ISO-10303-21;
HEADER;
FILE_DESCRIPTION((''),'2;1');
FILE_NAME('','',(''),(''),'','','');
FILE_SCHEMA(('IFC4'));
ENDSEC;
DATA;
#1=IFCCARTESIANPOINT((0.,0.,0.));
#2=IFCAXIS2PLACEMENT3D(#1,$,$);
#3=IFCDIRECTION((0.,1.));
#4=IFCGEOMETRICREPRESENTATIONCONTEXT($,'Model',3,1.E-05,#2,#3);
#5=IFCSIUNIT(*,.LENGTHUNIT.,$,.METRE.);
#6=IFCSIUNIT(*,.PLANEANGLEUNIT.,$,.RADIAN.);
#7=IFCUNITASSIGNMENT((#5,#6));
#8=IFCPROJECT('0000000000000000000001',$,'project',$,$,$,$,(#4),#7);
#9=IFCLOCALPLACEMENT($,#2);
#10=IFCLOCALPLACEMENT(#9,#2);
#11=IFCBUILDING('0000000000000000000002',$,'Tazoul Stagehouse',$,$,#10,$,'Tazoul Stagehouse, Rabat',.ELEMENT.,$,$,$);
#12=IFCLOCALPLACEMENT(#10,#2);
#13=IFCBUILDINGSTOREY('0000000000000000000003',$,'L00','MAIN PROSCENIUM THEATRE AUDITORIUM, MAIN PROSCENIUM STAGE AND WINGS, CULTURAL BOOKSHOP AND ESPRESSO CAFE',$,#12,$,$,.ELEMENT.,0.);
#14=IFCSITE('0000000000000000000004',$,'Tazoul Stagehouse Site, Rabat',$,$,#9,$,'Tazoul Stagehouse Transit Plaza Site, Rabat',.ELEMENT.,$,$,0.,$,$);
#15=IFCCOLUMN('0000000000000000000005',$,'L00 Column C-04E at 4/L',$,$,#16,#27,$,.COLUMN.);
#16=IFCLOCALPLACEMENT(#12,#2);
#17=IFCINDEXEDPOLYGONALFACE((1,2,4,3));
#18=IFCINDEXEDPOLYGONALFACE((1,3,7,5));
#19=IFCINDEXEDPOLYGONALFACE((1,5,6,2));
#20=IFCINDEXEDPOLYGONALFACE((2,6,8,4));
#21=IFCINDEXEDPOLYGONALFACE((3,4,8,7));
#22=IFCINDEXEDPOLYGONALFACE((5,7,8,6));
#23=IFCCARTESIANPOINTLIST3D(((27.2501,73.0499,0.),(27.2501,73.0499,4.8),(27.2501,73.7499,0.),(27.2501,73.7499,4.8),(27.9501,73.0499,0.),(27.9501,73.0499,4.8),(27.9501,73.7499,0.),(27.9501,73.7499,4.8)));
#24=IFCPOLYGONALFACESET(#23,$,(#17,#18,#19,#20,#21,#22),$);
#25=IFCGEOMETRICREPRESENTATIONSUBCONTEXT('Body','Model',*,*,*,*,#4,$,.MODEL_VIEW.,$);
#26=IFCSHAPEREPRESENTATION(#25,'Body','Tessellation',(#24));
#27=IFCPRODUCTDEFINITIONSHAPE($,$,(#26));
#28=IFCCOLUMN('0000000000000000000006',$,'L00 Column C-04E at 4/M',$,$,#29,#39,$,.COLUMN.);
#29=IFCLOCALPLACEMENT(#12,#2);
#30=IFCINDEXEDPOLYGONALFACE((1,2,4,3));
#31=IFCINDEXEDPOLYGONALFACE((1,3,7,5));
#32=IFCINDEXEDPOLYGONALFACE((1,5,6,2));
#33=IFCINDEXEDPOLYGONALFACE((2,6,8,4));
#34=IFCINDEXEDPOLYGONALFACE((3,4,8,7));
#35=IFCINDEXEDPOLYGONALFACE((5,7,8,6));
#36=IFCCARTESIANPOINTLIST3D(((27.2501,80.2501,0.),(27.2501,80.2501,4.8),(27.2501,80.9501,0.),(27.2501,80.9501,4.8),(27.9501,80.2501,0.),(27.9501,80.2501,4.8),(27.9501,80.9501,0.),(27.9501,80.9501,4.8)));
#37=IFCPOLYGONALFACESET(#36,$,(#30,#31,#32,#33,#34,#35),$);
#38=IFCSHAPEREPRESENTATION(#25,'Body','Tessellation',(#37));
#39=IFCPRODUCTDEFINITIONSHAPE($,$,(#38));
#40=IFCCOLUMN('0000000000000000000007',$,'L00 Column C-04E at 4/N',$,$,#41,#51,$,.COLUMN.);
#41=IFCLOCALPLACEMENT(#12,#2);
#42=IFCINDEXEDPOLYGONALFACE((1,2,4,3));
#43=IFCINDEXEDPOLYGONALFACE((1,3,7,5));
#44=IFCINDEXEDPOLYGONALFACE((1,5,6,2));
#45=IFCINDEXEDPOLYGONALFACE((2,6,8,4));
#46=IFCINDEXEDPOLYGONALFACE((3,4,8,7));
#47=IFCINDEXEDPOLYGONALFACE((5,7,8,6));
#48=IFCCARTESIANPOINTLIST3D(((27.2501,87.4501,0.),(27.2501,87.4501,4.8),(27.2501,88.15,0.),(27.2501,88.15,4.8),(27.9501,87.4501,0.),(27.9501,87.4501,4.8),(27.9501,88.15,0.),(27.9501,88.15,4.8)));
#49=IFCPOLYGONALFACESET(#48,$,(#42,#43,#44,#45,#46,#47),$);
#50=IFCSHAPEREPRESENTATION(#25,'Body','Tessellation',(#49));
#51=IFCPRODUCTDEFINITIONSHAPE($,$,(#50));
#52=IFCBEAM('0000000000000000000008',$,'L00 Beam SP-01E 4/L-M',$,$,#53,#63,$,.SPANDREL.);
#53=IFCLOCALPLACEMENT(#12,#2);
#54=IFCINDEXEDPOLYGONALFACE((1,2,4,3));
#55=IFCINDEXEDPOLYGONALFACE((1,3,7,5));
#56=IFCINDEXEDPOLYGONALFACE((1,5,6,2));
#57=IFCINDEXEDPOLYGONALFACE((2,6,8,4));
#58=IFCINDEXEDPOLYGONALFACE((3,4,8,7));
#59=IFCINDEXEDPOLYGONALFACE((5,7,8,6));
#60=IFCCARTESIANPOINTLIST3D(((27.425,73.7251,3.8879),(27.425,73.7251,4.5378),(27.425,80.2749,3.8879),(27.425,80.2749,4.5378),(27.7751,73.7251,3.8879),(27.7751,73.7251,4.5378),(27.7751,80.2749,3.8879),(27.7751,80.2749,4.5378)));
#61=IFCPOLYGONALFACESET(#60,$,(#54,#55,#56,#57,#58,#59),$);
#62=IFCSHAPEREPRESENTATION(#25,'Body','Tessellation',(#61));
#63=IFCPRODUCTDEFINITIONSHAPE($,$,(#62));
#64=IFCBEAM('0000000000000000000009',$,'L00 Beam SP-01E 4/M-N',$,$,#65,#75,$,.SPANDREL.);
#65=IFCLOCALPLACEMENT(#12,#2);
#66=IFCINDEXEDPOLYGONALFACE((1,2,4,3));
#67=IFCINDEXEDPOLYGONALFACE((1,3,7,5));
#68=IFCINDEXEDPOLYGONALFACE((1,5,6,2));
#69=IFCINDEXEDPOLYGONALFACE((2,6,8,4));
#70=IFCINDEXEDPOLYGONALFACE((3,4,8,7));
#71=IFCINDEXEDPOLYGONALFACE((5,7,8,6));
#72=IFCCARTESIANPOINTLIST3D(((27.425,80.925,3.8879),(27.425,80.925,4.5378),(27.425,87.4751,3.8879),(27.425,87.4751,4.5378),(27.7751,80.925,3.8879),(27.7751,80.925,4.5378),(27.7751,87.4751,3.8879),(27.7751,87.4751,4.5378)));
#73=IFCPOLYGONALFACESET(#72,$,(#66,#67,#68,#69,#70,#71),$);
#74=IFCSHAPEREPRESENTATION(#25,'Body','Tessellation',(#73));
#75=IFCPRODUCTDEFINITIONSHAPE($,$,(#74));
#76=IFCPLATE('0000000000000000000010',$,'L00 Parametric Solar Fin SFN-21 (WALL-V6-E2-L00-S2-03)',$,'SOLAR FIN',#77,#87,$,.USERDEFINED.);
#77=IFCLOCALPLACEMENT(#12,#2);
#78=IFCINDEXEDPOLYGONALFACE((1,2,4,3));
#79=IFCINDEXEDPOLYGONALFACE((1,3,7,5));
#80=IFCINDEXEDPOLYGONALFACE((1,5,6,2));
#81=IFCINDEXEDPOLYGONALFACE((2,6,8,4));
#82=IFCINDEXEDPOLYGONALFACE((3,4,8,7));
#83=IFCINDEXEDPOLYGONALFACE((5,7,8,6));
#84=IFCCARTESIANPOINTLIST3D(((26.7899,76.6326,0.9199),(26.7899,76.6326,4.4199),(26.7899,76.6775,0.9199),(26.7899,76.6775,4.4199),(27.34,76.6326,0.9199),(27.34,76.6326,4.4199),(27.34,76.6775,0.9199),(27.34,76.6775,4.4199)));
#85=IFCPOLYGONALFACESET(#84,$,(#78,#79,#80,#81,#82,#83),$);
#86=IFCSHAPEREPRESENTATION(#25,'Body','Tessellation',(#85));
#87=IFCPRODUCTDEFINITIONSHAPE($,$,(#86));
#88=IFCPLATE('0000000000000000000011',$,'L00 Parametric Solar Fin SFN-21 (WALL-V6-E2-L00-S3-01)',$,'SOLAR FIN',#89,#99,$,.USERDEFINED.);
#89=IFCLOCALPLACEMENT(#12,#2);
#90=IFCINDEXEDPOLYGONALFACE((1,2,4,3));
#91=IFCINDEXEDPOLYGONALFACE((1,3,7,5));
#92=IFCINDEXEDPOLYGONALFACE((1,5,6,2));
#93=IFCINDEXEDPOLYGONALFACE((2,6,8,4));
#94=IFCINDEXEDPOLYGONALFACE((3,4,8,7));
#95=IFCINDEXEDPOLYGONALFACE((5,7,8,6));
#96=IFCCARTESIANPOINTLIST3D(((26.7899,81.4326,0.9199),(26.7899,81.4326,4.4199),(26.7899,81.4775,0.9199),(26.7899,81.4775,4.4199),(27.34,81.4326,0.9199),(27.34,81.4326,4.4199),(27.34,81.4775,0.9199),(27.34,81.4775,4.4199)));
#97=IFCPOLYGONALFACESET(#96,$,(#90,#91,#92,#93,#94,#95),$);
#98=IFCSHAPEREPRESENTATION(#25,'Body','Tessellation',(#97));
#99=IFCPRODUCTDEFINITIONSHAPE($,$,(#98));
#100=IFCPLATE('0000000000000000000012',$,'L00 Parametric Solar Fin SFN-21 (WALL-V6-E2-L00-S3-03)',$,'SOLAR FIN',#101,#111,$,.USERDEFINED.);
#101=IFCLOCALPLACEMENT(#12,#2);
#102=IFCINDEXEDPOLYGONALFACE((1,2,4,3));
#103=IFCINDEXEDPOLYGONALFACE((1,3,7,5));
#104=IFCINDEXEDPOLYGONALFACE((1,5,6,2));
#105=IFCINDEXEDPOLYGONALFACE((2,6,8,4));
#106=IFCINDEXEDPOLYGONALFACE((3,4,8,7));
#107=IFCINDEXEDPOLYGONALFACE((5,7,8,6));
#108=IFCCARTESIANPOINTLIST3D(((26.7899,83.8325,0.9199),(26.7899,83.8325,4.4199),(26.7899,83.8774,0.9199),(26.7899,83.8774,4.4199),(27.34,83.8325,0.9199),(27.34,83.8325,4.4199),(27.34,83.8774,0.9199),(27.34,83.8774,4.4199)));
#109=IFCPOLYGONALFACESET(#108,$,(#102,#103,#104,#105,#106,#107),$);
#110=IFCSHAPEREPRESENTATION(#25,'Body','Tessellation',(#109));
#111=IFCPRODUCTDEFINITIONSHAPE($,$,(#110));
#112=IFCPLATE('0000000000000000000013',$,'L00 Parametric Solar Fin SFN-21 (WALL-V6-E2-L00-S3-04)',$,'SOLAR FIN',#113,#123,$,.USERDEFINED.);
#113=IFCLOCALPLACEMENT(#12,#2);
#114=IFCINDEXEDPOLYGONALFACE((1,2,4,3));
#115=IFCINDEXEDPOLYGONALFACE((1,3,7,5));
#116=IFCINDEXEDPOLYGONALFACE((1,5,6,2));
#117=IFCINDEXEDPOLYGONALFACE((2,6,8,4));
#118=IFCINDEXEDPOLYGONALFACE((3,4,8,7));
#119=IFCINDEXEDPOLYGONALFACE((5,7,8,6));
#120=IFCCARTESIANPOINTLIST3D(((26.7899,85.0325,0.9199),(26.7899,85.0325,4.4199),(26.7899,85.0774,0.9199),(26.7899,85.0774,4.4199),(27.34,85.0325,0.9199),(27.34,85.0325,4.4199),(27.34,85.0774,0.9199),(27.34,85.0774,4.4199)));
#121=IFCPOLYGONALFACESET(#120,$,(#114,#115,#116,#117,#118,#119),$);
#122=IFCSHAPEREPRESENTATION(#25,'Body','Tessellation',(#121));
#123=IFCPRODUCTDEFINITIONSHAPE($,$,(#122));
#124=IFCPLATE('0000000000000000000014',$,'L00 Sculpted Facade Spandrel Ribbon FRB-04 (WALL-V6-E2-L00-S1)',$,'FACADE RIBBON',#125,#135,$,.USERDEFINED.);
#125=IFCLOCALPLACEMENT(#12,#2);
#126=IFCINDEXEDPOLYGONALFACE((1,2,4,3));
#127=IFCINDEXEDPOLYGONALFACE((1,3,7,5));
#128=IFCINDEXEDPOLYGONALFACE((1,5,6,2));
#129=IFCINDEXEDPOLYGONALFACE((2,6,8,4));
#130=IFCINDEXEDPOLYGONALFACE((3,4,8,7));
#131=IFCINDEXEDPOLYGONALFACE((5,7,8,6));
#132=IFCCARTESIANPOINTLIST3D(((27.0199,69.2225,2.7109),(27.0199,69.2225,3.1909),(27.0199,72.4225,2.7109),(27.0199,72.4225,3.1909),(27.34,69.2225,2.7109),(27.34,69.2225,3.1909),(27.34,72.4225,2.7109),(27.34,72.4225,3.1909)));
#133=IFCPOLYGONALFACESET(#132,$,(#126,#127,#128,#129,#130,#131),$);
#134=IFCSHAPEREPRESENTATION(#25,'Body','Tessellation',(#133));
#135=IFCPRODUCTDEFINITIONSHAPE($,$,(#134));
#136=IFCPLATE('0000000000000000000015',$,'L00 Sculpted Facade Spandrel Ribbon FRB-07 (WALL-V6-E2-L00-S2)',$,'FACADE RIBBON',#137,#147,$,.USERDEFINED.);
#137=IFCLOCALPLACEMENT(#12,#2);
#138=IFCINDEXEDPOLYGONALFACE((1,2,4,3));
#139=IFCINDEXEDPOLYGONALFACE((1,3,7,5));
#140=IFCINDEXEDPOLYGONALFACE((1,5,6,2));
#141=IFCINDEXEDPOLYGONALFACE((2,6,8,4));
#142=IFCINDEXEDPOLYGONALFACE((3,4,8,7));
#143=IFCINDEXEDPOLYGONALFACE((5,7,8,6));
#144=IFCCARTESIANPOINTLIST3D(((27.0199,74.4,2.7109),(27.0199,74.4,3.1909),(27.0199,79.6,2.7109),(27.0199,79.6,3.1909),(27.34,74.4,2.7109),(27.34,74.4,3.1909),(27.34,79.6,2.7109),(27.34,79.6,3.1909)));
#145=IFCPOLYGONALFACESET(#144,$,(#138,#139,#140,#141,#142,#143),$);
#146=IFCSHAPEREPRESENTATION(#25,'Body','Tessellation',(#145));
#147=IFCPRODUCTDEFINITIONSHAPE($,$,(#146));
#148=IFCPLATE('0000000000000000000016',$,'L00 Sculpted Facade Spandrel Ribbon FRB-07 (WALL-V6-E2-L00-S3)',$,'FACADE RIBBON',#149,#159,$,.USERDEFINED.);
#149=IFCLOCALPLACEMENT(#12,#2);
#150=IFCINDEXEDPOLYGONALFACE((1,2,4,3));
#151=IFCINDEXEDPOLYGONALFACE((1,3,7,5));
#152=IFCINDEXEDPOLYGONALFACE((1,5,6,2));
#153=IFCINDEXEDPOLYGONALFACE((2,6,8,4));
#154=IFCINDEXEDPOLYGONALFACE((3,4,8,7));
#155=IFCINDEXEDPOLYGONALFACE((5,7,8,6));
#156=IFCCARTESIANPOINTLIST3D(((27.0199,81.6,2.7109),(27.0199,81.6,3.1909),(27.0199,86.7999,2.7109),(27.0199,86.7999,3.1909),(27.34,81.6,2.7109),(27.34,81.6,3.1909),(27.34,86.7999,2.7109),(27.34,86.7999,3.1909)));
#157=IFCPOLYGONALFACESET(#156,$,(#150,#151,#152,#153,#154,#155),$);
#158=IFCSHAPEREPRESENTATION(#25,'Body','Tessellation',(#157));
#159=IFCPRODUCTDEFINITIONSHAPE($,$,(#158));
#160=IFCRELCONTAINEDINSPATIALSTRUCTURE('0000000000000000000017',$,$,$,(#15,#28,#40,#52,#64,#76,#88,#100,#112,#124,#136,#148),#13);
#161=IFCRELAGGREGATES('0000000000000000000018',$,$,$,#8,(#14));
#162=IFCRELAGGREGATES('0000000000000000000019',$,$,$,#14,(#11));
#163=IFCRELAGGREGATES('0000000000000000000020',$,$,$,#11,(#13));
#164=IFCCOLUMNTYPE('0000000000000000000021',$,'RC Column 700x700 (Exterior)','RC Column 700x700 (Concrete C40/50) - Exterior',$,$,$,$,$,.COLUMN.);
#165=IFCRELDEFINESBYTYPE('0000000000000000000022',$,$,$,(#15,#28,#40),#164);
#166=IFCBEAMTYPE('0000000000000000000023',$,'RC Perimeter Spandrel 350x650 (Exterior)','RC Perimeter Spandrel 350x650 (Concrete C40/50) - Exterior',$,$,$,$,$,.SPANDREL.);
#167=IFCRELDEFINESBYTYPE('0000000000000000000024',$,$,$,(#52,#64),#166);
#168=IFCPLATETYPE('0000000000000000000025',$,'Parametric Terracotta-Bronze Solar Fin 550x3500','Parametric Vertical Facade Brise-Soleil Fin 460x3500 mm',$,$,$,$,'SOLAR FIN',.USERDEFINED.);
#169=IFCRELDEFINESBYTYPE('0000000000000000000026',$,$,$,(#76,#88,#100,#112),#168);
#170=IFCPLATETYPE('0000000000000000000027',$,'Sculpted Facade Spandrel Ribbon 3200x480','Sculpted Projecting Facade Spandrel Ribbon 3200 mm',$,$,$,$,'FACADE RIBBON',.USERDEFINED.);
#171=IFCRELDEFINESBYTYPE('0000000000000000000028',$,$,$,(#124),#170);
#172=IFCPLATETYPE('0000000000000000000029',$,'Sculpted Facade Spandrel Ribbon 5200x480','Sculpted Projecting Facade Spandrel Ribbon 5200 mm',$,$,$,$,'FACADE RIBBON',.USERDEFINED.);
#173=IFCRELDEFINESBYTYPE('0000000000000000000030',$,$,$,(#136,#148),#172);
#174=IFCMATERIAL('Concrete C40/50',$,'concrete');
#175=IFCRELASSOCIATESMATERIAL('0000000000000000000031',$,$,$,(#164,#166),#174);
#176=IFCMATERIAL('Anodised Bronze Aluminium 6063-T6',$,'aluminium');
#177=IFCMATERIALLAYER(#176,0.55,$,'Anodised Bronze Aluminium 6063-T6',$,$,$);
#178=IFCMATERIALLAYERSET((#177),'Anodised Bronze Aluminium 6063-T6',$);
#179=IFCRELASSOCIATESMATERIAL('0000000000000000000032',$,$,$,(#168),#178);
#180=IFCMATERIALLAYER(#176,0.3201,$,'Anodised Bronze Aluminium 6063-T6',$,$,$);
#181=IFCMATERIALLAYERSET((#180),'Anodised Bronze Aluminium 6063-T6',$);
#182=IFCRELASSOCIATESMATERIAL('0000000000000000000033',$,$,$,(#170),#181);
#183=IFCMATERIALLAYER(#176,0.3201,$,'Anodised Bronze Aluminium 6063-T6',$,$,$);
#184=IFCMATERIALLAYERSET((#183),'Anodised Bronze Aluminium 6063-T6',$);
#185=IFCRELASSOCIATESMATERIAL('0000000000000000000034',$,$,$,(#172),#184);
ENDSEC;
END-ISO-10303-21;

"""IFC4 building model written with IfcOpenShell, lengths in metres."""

from ifc_helpers import new_model, si_unit, direction, frame, origin, origin_2d, place, context, subcontext, project, spatial, rectangle, extrude, material, layer, layer_set, material_profile, profile_set, type_object, element, save


model = new_model("IFC4")

# Units and contexts
model_context = context("Model", 3, precision=1e-05, world=origin(), true_north=direction((0.0, 1.0)))
body_context = subcontext(model_context, "Body", "Model", "MODEL_VIEW")
ifc_project = project(units=[si_unit("LENGTHUNIT", "METRE"), si_unit("PLANEANGLEUNIT", "RADIAN")], contexts=[model_context])

# Site, building, storey
site_placement = place(None, origin())
site = spatial("IfcSite", under=ifc_project, at=site_placement, Name="Tazoul Stagehouse Site, Rabat", LongName="Tazoul Stagehouse Transit Plaza Site, Rabat", CompositionType="ELEMENT", RefElevation=0.0)
building_placement = place(site_placement, origin())
building = spatial("IfcBuilding", under=site, at=building_placement, Name="Tazoul Stagehouse", LongName="Tazoul Stagehouse, Rabat", CompositionType="ELEMENT")
storey_placement = place(building_placement, origin())
storey = spatial("IfcBuildingStorey", under=building, at=storey_placement, Name="L00", Description="MAIN PROSCENIUM THEATRE AUDITORIUM, MAIN PROSCENIUM STAGE AND WINGS, CULTURAL BOOKSHOP AND ESPRESSO CAFE", CompositionType="ELEMENT", Elevation=0.0)

# Columns
ifc_material_1 = material(Name="Concrete C40/50", Category="concrete")
ifc_material_profile_1 = material_profile(ifc_material_1, rectangle(XDim=0.7, YDim=0.7, at=origin_2d()), Name="RC 700x700")
ifc_profile_set_1 = profile_set([ifc_material_profile_1], Name="Concrete C40/50")
column_type = type_object("IfcColumnType", Name="RC Column 700x700 (Exterior)", Description="RC Column 700x700 (Concrete C40/50) - Exterior", PredefinedType="COLUMN", material=ifc_profile_set_1)
for number, where, z_axis, x_axis, name in (
    (1, (27.6001, 73.3999, 0.0), (0.0, 0.0, 1.0), (1.0, 0.0, 0.0), "L00 Column C-04E at 4/L"),
    (2, (27.6001, 80.6001, 0.0), (0.0, 0.0, 1.0), (1.0, 0.0, 0.0), "L00 Column C-04E at 4/M"),
    (3, (27.6001, 87.8, 0.0), (0.0, 0.0, 1.0), (1.0, 0.0, 0.0), "L00 Column C-04E at 4/N"),
):
    element("IfcColumn", number, at=place(storey_placement, frame(where, z_axis=z_axis, x_axis=x_axis)), inside=storey, type_object=column_type, Name=name, PredefinedType="COLUMN", context=body_context, shape_type="SweptSolid", body=[
        extrude(rectangle(XDim=0.7, YDim=0.7, at=origin_2d()), origin(), (0.0, 0.0, 1.0), 4.8),
    ])

# Beams
ifc_material_profile_2 = material_profile(ifc_material_1, rectangle(XDim=0.3501, YDim=0.6499, at=origin_2d()), Name="RC 350x650")
ifc_profile_set_2 = profile_set([ifc_material_profile_2], Name="Concrete C40/50")
beam_type = type_object("IfcBeamType", Name="RC Perimeter Spandrel 350x650 (Exterior)", Description="RC Perimeter Spandrel 350x650 (Concrete C40/50) - Exterior", PredefinedType="SPANDREL", material=ifc_profile_set_2)
beam_1_placement = place(storey_placement, frame((27.6001, 73.7251, 4.2129), z_axis=(0.0, 1.0, 0.0), x_axis=(-1.0, 0.0, 0.0)))
element("IfcBeam", 4, at=beam_1_placement, inside=storey, type_object=beam_type, Name="L00 Beam SP-01E 4/L-M", PredefinedType="SPANDREL", context=body_context, shape_type="SweptSolid", body=[
    extrude(rectangle(XDim=0.3501, YDim=0.6499, at=origin_2d()), origin(), (0.0, 0.0, 1.0), 6.5498),
])
beam_2_placement = place(storey_placement, frame((27.6001, 80.925, 4.2129), z_axis=(0.0, 1.0, 0.0), x_axis=(-1.0, 0.0, 0.0)))
element("IfcBeam", 5, at=beam_2_placement, inside=storey, type_object=beam_type, Name="L00 Beam SP-01E 4/M-N", PredefinedType="SPANDREL", context=body_context, shape_type="SweptSolid", body=[
    extrude(rectangle(XDim=0.3501, YDim=0.6499, at=origin_2d()), origin(), (0.0, 0.0, 1.0), 6.55),
])

# Plates
ifc_material_2 = material(Name="Anodised Bronze Aluminium 6063-T6", Category="aluminium")
ifc_layer_1 = layer(ifc_material_2, 0.55, Name="Anodised Bronze Aluminium 6063-T6")
ifc_layer_set_1 = layer_set([ifc_layer_1], Name="Anodised Bronze Aluminium 6063-T6")
plate_type_1 = type_object("IfcPlateType", Name="Parametric Terracotta-Bronze Solar Fin 550x3500", Description="Parametric Vertical Facade Brise-Soleil Fin 460x3500 mm", ElementType="SOLAR FIN", PredefinedType="USERDEFINED", material=ifc_layer_set_1)
for number, where, z_axis, x_axis, name in (
    (6, (27.0649, 76.655, 0.9199), (0.0, 0.0, 1.0), (0.0, 1.0, 0.0), "L00 Parametric Solar Fin SFN-21 (WALL-V6-E2-L00-S2-03)"),
    (7, (27.0649, 81.4551, 0.9199), (0.0, 0.0, 1.0), (0.0, 1.0, 0.0), "L00 Parametric Solar Fin SFN-21 (WALL-V6-E2-L00-S3-01)"),
    (8, (27.0649, 83.855, 0.9199), (0.0, 0.0, 1.0), (0.0, 1.0, 0.0), "L00 Parametric Solar Fin SFN-21 (WALL-V6-E2-L00-S3-03)"),
    (9, (27.0649, 85.0549, 0.9199), (0.0, 0.0, 1.0), (0.0, 1.0, 0.0), "L00 Parametric Solar Fin SFN-21 (WALL-V6-E2-L00-S3-04)"),
):
    element("IfcPlate", number, at=place(storey_placement, frame(where, z_axis=z_axis, x_axis=x_axis)), inside=storey, type_object=plate_type_1, Name=name, ObjectType="SOLAR FIN", PredefinedType="USERDEFINED", context=body_context, shape_type="SweptSolid", body=[
        extrude(rectangle(XDim=0.0449, YDim=0.55, at=origin_2d()), origin(), (0.0, 0.0, 1.0), 3.5),
    ])
ifc_layer_2 = layer(ifc_material_2, 0.3201, Name="Anodised Bronze Aluminium 6063-T6")
ifc_layer_set_2 = layer_set([ifc_layer_2], Name="Anodised Bronze Aluminium 6063-T6")
plate_type_2 = type_object("IfcPlateType", Name="Sculpted Facade Spandrel Ribbon 3200x480", Description="Sculpted Projecting Facade Spandrel Ribbon 3200 mm", ElementType="FACADE RIBBON", PredefinedType="USERDEFINED", material=ifc_layer_set_2)
plate_placement = place(storey_placement, frame((27.1799, 70.8225, 2.7109), z_axis=(0.0, 0.0, 1.0), x_axis=(0.0, 1.0, 0.0)))
element("IfcPlate", 10, at=plate_placement, inside=storey, type_object=plate_type_2, Name="L00 Sculpted Facade Spandrel Ribbon FRB-04 (WALL-V6-E2-L00-S1)", ObjectType="FACADE RIBBON", PredefinedType="USERDEFINED", context=body_context, shape_type="SweptSolid", body=[
    extrude(rectangle(XDim=3.2, YDim=0.3201, at=origin_2d()), origin(), (0.0, 0.0, 1.0), 0.48),
])
ifc_layer_3 = layer(ifc_material_2, 0.3201, Name="Anodised Bronze Aluminium 6063-T6")
ifc_layer_set_3 = layer_set([ifc_layer_3], Name="Anodised Bronze Aluminium 6063-T6")
plate_type_3 = type_object("IfcPlateType", Name="Sculpted Facade Spandrel Ribbon 5200x480", Description="Sculpted Projecting Facade Spandrel Ribbon 5200 mm", ElementType="FACADE RIBBON", PredefinedType="USERDEFINED", material=ifc_layer_set_3)
for number, where, z_axis, x_axis, name in (
    (11, (27.1799, 77.0, 2.7109), (0.0, 0.0, 1.0), (0.0, 1.0, 0.0), "L00 Sculpted Facade Spandrel Ribbon FRB-07 (WALL-V6-E2-L00-S2)"),
    (12, (27.1799, 84.2, 2.7109), (0.0, 0.0, 1.0), (0.0, 1.0, 0.0), "L00 Sculpted Facade Spandrel Ribbon FRB-07 (WALL-V6-E2-L00-S3)"),
):
    element("IfcPlate", number, at=place(storey_placement, frame(where, z_axis=z_axis, x_axis=x_axis)), inside=storey, type_object=plate_type_3, Name=name, ObjectType="FACADE RIBBON", PredefinedType="USERDEFINED", context=body_context, shape_type="SweptSolid", body=[
        extrude(rectangle(XDim=5.2, YDim=0.3201, at=origin_2d()), origin(), (0.0, 0.0, 1.0), 0.48),
    ])

save(model, "model.ifc")
